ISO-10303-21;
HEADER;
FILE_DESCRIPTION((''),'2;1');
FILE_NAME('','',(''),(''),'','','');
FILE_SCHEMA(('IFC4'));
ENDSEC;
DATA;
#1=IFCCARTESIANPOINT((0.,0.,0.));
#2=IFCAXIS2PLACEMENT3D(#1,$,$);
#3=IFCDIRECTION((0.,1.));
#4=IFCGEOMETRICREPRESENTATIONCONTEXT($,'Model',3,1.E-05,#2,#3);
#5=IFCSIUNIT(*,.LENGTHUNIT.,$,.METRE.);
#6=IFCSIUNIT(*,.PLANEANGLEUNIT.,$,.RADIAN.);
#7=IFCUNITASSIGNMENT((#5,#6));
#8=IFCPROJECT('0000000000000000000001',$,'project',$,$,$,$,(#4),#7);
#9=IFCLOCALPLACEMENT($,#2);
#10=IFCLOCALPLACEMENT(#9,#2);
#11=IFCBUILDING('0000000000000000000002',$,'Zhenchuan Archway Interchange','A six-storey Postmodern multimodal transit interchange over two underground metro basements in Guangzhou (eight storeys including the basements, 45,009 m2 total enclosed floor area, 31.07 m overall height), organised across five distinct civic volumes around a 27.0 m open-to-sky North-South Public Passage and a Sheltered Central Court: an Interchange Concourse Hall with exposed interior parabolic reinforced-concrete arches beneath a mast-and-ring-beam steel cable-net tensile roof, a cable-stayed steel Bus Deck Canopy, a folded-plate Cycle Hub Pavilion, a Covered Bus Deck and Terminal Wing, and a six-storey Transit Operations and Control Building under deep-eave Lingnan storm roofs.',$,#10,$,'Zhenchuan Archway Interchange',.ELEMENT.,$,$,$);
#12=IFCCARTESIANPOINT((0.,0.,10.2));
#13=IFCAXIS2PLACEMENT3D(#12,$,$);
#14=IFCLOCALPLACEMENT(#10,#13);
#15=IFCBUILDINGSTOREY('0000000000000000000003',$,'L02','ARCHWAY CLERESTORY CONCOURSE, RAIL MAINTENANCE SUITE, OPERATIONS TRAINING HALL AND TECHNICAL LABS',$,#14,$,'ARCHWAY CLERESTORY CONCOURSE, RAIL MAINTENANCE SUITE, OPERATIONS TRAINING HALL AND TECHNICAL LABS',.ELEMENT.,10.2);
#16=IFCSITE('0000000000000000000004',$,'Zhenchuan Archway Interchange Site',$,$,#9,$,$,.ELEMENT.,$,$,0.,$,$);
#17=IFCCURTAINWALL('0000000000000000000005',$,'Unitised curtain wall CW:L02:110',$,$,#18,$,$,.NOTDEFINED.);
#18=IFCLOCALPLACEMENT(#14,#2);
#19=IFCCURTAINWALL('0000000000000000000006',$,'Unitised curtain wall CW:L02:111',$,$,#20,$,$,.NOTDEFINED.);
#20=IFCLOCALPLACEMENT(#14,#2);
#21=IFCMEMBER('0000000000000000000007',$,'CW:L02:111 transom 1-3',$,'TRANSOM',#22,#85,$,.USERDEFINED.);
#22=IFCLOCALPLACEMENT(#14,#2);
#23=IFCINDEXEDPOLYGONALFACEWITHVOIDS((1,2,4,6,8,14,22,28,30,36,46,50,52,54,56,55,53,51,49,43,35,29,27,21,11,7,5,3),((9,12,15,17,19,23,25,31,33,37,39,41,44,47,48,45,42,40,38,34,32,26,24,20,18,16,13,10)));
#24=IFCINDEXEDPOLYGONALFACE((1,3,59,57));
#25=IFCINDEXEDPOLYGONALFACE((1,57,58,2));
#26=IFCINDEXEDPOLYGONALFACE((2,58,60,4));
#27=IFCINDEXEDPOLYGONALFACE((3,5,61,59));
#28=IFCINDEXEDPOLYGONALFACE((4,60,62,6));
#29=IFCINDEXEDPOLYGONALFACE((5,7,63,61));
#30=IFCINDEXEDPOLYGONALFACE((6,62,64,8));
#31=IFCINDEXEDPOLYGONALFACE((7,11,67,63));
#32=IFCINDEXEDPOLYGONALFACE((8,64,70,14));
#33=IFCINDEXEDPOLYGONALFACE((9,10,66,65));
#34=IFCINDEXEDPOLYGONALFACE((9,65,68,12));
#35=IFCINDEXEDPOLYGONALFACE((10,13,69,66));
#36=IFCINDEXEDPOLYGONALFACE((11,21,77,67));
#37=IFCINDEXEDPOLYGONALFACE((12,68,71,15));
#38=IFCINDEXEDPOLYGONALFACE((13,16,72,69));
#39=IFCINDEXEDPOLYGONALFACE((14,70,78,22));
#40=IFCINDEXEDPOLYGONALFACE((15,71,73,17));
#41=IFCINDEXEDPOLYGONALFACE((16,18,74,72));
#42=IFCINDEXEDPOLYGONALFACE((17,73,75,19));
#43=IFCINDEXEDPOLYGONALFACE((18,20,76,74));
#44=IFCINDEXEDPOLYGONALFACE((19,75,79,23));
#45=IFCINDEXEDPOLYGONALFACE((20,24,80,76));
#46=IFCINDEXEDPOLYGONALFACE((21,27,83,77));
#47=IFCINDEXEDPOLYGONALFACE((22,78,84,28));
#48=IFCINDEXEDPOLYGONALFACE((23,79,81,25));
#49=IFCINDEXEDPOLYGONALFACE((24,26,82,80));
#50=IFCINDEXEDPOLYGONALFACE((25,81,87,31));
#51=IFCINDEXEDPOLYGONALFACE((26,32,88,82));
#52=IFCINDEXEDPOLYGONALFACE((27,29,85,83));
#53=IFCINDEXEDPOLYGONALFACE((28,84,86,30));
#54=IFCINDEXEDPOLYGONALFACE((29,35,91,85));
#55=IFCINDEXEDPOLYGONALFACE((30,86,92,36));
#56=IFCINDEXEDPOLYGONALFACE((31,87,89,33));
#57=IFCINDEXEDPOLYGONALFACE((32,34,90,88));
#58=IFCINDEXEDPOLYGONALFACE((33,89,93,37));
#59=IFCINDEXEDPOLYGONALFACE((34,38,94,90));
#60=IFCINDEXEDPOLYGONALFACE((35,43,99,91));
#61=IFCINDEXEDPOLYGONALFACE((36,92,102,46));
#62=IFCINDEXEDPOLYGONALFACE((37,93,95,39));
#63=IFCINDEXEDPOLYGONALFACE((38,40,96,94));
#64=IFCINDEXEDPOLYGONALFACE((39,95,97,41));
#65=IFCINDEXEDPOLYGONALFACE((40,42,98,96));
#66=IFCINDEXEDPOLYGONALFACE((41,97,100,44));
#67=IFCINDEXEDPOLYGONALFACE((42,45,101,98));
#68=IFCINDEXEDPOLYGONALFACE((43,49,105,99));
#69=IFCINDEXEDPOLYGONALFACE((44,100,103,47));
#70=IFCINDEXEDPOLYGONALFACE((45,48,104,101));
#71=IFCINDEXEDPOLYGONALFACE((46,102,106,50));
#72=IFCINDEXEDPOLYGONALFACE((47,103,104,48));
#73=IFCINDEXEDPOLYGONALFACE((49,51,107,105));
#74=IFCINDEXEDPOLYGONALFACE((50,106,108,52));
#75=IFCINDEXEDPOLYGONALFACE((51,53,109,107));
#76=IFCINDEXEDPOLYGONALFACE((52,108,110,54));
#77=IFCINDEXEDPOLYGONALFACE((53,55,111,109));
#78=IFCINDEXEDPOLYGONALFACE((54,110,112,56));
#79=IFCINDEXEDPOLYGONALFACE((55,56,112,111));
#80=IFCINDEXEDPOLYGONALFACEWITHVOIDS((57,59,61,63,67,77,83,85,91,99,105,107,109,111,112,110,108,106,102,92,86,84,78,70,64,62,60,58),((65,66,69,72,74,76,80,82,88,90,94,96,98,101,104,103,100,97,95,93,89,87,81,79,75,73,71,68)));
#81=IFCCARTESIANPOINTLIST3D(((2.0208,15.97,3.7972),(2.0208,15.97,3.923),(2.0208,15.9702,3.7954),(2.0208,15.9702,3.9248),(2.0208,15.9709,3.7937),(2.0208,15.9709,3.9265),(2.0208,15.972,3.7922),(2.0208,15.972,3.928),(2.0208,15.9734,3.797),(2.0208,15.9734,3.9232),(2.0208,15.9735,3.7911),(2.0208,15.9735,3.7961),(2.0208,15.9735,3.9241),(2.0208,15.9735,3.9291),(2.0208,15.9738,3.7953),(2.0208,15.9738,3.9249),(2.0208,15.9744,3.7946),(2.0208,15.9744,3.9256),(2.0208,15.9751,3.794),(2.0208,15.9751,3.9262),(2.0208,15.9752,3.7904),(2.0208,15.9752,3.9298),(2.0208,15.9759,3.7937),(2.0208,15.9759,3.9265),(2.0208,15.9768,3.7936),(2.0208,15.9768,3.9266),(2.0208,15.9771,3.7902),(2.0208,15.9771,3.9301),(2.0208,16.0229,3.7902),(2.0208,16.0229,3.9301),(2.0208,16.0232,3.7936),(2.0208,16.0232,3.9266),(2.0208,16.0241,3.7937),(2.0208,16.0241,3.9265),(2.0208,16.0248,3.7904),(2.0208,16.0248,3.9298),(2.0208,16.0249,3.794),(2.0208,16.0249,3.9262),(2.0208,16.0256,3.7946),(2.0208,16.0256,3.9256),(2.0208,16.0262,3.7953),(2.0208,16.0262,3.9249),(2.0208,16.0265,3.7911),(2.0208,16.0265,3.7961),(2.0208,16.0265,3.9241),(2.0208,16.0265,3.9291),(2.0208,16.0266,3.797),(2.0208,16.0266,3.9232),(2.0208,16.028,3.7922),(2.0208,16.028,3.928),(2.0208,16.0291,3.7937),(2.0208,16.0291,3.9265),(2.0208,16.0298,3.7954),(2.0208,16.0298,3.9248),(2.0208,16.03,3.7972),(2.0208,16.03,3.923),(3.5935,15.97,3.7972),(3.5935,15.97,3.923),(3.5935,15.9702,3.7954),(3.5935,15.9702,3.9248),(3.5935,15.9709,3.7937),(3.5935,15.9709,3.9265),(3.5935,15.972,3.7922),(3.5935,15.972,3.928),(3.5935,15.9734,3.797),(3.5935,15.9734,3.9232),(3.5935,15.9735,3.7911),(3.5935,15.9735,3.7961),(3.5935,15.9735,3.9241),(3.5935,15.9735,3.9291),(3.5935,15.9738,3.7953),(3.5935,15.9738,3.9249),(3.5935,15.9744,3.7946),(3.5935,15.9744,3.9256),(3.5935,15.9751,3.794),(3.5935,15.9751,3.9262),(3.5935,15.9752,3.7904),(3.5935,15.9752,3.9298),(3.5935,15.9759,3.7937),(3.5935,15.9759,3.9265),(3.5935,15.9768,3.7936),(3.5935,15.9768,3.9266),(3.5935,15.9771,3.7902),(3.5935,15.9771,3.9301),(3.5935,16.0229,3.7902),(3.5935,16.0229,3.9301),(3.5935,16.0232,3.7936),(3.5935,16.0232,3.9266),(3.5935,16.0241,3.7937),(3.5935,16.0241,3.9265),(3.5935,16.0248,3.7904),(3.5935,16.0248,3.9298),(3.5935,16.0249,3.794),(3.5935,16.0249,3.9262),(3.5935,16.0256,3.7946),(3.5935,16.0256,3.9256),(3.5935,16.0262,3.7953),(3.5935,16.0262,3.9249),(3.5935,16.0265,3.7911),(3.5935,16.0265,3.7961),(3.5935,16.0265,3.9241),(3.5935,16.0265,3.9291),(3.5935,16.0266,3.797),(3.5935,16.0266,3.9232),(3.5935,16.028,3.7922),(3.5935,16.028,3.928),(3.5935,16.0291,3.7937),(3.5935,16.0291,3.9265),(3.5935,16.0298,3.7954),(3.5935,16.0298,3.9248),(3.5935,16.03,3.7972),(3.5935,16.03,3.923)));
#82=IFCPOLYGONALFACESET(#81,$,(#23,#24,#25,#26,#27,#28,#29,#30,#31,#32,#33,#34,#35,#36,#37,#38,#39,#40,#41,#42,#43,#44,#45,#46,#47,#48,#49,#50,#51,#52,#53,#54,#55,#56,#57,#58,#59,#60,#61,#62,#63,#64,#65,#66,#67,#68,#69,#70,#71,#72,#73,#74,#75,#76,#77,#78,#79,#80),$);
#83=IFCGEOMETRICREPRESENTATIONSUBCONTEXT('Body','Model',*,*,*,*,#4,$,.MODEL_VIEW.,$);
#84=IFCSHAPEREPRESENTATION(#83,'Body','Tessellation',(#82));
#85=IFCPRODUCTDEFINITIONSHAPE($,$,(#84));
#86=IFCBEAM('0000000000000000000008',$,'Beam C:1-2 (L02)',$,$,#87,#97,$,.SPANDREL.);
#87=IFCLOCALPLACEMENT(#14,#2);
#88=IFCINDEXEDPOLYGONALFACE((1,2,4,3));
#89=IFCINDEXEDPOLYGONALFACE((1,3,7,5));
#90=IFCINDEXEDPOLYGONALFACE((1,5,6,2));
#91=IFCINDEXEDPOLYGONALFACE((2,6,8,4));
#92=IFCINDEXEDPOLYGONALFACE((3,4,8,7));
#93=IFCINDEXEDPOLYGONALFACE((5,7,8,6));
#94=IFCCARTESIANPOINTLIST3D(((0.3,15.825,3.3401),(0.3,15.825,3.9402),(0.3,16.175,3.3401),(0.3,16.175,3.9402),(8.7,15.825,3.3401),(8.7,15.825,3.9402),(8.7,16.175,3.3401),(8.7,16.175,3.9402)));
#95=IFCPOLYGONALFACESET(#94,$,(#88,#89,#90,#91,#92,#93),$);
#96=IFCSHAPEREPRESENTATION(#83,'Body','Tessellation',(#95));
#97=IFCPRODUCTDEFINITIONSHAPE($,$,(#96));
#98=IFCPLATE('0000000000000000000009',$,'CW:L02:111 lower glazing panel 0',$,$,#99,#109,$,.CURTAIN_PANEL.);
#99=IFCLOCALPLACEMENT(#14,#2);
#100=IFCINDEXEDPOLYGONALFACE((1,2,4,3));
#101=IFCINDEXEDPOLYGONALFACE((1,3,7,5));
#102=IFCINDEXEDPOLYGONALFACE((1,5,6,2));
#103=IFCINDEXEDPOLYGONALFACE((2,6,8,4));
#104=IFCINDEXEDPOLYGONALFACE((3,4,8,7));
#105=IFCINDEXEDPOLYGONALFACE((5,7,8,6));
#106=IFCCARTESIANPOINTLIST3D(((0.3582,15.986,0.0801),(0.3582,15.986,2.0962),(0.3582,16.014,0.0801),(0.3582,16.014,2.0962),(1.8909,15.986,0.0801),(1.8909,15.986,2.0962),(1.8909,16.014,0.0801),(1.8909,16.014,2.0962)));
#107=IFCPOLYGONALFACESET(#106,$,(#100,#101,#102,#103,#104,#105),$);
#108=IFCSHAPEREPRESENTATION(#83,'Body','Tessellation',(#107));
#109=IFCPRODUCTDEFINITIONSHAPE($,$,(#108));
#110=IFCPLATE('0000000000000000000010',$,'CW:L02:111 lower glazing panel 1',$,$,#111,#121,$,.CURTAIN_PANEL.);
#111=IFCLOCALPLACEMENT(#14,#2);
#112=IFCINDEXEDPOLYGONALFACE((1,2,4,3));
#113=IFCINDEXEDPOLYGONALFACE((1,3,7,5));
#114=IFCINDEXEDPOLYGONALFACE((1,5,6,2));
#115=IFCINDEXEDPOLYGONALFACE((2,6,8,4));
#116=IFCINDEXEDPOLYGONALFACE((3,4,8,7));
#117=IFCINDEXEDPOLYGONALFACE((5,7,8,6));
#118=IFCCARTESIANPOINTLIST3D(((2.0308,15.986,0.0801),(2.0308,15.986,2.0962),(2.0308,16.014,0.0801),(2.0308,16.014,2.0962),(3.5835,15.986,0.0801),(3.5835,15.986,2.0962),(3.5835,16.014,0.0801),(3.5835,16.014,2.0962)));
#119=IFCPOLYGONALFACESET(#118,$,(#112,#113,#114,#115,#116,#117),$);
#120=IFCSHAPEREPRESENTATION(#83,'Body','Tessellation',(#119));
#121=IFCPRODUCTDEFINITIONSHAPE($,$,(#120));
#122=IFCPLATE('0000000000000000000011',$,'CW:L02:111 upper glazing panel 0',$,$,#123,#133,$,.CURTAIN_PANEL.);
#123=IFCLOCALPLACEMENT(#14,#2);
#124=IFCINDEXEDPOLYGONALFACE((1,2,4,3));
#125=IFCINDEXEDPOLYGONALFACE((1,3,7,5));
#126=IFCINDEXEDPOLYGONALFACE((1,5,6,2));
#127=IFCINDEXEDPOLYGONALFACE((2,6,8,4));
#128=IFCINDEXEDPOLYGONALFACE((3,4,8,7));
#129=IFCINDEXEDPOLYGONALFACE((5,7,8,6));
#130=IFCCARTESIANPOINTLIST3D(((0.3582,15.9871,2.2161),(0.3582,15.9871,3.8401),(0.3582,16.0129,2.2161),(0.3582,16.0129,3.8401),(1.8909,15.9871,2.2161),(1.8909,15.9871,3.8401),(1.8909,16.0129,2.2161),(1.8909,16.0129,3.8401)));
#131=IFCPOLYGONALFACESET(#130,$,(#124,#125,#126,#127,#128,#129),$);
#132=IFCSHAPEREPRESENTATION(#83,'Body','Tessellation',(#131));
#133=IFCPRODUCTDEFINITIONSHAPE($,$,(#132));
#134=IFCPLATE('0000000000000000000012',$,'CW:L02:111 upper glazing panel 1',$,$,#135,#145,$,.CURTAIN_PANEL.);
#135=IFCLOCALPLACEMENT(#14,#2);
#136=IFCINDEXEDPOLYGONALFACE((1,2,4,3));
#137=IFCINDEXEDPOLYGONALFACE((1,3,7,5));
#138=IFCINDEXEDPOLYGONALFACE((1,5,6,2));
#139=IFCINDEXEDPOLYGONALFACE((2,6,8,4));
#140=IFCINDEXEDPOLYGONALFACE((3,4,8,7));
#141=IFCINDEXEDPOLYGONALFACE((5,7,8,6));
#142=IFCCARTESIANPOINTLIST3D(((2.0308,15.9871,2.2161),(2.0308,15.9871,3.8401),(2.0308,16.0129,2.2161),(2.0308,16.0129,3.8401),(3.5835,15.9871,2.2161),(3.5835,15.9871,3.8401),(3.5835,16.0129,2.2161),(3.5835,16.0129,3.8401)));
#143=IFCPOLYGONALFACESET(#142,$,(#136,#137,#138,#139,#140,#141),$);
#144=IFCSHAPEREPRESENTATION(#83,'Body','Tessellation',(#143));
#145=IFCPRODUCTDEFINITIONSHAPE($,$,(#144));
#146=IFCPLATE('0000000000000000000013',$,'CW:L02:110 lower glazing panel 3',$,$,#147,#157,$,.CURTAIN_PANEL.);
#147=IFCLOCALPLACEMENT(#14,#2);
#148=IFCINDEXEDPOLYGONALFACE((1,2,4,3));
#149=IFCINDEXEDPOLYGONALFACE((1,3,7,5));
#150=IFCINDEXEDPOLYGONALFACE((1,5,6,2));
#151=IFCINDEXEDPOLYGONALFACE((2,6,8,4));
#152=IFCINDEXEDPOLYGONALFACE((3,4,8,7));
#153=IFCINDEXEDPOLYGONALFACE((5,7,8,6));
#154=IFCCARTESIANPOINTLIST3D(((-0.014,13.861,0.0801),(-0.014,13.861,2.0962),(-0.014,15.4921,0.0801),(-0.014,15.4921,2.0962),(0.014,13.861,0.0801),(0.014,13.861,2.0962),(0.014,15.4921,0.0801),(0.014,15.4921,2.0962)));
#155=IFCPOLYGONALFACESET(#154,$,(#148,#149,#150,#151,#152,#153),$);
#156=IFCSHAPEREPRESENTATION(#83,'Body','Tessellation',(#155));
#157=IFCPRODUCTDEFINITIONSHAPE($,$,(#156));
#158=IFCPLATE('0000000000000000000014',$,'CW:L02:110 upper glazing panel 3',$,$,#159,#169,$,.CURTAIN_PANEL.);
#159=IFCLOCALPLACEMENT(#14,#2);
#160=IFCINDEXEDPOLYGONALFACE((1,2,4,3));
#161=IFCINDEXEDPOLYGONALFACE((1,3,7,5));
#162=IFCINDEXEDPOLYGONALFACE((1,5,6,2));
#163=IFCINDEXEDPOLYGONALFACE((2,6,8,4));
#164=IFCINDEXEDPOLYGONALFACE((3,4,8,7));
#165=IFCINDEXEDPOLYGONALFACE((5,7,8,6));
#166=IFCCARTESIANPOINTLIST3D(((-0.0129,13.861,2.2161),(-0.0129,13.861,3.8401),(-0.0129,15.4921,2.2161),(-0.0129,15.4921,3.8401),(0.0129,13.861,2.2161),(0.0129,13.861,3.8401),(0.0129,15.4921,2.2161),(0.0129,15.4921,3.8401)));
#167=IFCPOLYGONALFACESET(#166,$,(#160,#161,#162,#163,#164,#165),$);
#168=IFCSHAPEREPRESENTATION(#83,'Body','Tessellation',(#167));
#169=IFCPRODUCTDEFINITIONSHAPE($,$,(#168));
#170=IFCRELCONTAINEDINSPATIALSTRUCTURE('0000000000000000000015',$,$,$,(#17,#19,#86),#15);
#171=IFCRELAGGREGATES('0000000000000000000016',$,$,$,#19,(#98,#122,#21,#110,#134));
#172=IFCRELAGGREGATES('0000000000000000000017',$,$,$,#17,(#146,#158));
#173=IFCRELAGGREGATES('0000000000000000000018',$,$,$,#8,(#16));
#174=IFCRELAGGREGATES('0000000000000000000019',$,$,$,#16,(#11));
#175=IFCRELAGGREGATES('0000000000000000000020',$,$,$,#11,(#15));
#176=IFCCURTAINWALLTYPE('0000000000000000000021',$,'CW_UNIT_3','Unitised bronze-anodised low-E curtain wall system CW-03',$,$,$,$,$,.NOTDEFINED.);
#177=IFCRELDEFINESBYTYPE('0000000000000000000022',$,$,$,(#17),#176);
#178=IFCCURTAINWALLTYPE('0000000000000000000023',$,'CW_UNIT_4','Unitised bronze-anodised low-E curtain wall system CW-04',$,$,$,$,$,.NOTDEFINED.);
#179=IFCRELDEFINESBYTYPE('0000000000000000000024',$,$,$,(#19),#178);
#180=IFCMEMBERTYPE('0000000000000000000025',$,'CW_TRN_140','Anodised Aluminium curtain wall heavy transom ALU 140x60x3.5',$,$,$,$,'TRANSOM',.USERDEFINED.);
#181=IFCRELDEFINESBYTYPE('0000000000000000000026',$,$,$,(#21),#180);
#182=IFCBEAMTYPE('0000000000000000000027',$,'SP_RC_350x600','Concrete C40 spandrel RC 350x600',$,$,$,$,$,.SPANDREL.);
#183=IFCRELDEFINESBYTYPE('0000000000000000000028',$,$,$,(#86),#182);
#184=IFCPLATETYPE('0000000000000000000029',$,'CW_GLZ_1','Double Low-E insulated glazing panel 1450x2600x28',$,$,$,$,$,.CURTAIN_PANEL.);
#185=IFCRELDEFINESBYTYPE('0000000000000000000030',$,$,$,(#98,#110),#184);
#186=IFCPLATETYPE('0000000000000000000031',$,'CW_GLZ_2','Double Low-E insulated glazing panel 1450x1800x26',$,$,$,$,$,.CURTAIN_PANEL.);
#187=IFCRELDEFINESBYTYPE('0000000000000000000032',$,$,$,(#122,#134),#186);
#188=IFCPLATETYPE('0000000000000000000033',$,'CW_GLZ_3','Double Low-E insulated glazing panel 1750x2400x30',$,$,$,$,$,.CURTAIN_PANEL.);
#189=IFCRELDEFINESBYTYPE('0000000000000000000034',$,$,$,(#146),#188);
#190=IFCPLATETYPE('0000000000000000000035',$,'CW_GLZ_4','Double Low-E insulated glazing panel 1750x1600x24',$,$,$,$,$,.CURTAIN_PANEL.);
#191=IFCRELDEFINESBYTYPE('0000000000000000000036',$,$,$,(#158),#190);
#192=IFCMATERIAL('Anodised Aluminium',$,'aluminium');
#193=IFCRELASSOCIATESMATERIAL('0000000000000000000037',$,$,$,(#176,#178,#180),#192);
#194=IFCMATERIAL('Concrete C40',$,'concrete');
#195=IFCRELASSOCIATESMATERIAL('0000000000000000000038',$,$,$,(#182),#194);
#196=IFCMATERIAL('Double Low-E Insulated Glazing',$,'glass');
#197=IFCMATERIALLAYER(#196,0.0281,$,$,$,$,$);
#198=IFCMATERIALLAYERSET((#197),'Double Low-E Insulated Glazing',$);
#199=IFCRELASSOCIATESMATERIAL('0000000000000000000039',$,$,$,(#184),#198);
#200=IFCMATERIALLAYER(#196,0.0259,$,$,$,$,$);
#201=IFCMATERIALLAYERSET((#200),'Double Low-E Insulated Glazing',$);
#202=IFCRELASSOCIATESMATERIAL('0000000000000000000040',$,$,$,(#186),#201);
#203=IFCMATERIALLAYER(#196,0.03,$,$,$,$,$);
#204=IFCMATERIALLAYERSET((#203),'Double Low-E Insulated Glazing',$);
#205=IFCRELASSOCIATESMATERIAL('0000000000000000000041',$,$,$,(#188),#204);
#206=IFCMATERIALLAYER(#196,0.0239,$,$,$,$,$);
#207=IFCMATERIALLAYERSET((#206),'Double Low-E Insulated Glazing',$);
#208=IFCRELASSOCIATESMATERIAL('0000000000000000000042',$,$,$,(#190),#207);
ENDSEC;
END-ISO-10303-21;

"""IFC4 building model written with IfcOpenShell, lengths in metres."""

from ifc_helpers import new_model, si_unit, direction, frame, origin, origin_2d, place, context, subcontext, project, spatial, rectangle, hollow_rectangle, extrude, material, layer, layer_set, material_profile, profile_set, type_object, element, aggregate, save


model = new_model("IFC4")

# Units and contexts
model_context = context("Model", 3, precision=1e-05, world=origin(), true_north=direction((0.0, 1.0)))
body_context = subcontext(model_context, "Body", "Model", "MODEL_VIEW")
ifc_project = project(units=[si_unit("LENGTHUNIT", "METRE"), si_unit("PLANEANGLEUNIT", "RADIAN")], contexts=[model_context])

# Site, building, storey
site_placement = place(None, origin())
site = spatial("IfcSite", under=ifc_project, at=site_placement, Name="Zhenchuan Archway Interchange Site", CompositionType="ELEMENT", RefElevation=0.0)
building_placement = place(site_placement, origin())
building = spatial("IfcBuilding", under=site, at=building_placement, Name="Zhenchuan Archway Interchange", Description="A six-storey Postmodern multimodal transit interchange over two underground metro basements in Guangzhou (eight storeys including the basements, 45,009 m2 total enclosed floor area, 31.07 m overall height), organised across five distinct civic volumes around a 27.0 m open-to-sky North-South Public Passage and a Sheltered Central Court: an Interchange Concourse Hall with exposed interior parabolic reinforced-concrete arches beneath a mast-and-ring-beam steel cable-net tensile roof, a cable-stayed steel Bus Deck Canopy, a folded-plate Cycle Hub Pavilion, a Covered Bus Deck and Terminal Wing, and a six-storey Transit Operations and Control Building under deep-eave Lingnan storm roofs.", LongName="Zhenchuan Archway Interchange", CompositionType="ELEMENT")
storey_placement = place(building_placement, frame((0.0, 0.0, 10.2)))
storey = spatial("IfcBuildingStorey", under=building, at=storey_placement, Name="L02", Description="ARCHWAY CLERESTORY CONCOURSE, RAIL MAINTENANCE SUITE, OPERATIONS TRAINING HALL AND TECHNICAL LABS", LongName="ARCHWAY CLERESTORY CONCOURSE, RAIL MAINTENANCE SUITE, OPERATIONS TRAINING HALL AND TECHNICAL LABS", CompositionType="ELEMENT", Elevation=10.2)

# Shared definitions
ifc_material_1 = material(Name="Concrete C40", Category="concrete")

# Curtain walls
ifc_material_2 = material(Name="Anodised Aluminium", Category="aluminium")
curtain_wall_type_1 = type_object("IfcCurtainWallType", Name="CW_UNIT_3", Description="Unitised bronze-anodised low-E curtain wall system CW-03", PredefinedType="NOTDEFINED", material=ifc_material_2)
curtain_wall_1_placement = place(storey_placement, origin())
curtain_wall_1 = element("IfcCurtainWall", 1, at=curtain_wall_1_placement, inside=storey, type_object=curtain_wall_type_1, Name="Unitised curtain wall CW:L02:110", PredefinedType="NOTDEFINED")
curtain_wall_type_2 = type_object("IfcCurtainWallType", Name="CW_UNIT_4", Description="Unitised bronze-anodised low-E curtain wall system CW-04", PredefinedType="NOTDEFINED", material=ifc_material_2)
curtain_wall_2_placement = place(storey_placement, origin())
curtain_wall_2 = element("IfcCurtainWall", 2, at=curtain_wall_2_placement, inside=storey, type_object=curtain_wall_type_2, Name="Unitised curtain wall CW:L02:111", PredefinedType="NOTDEFINED")

# Member
ifc_material_profile_1 = material_profile(ifc_material_2, hollow_rectangle(XDim=0.0601, YDim=0.1399, WallThickness=0.0034, InnerFilletRadius=0.0034, OuterFilletRadius=0.0071, at=origin_2d()), Name="ALU 140x60x3.5")
ifc_profile_set_1 = profile_set([ifc_material_profile_1], Name="Anodised Aluminium")
member_type_1 = type_object("IfcMemberType", Name="CW_TRN_140", Description="Anodised Aluminium curtain wall heavy transom ALU 140x60x3.5", ElementType="TRANSOM", PredefinedType="USERDEFINED", material=ifc_profile_set_1)
member_1_placement = place(storey_placement, frame((2.0208, 16.0, 3.8601), z_axis=(1.0, 0.0, 0.0), x_axis=(0.0, 1.0, 0.0)))
member_1 = element("IfcMember", 3, at=member_1_placement, type_object=member_type_1, Name="CW:L02:111 transom 1-3", ObjectType="TRANSOM", PredefinedType="USERDEFINED", context=body_context, shape_type="SweptSolid", body=[
    extrude(hollow_rectangle(XDim=0.0601, YDim=0.1399, WallThickness=0.0034, InnerFilletRadius=0.0034, OuterFilletRadius=0.0071, at=origin_2d()), origin(), (0.0, 0.0, 1.0), 1.5728),
])

# Beam
ifc_material_profile_2 = material_profile(ifc_material_1, rectangle(XDim=0.3501, YDim=0.6001, at=origin_2d()), Name="RC 350x600")
ifc_profile_set_2 = profile_set([ifc_material_profile_2], Name="Concrete C40")
beam_type = type_object("IfcBeamType", Name="SP_RC_350x600", Description="Concrete C40 spandrel RC 350x600", PredefinedType="SPANDREL", material=ifc_profile_set_2)
beam_placement = place(storey_placement, frame((0.3, 16.0, 3.6401), z_axis=(1.0, 0.0, 0.0), x_axis=(0.0, 1.0, 0.0)))
element("IfcBeam", 4, at=beam_placement, inside=storey, type_object=beam_type, Name="Beam C:1-2 (L02)", PredefinedType="SPANDREL", context=body_context, shape_type="SweptSolid", body=[
    extrude(rectangle(XDim=0.3501, YDim=0.6001, at=origin_2d()), origin(), (0.0, 0.0, 1.0), 8.3999),
])

# Plates
ifc_material_3 = material(Name="Double Low-E Insulated Glazing", Category="glass")
ifc_layer_1 = layer(ifc_material_3, 0.0281)
ifc_layer_set_1 = layer_set([ifc_layer_1], Name="Double Low-E Insulated Glazing")
plate_type_1 = type_object("IfcPlateType", Name="CW_GLZ_1", Description="Double Low-E insulated glazing panel 1450x2600x28", PredefinedType="CURTAIN_PANEL", material=ifc_layer_set_1)
plate_1_placement = place(storey_placement, frame((1.1245, 16.0, 0.0801), z_axis=(0.0, 0.0, 1.0), x_axis=(1.0, 0.0, 0.0)))
plate_1 = element("IfcPlate", 5, at=plate_1_placement, type_object=plate_type_1, Name="CW:L02:111 lower glazing panel 0", PredefinedType="CURTAIN_PANEL", context=body_context, shape_type="SweptSolid", body=[
    extrude(rectangle(XDim=1.5327, YDim=0.0281, at=origin_2d()), origin(), (0.0, 0.0, 1.0), 2.0161),
])
plate_2_placement = place(storey_placement, frame((2.8071, 16.0, 0.0801), z_axis=(0.0, 0.0, 1.0), x_axis=(1.0, 0.0, 0.0)))
plate_2 = element("IfcPlate", 6, at=plate_2_placement, type_object=plate_type_1, Name="CW:L02:111 lower glazing panel 1", PredefinedType="CURTAIN_PANEL", context=body_context, shape_type="SweptSolid", body=[
    extrude(rectangle(XDim=1.5527, YDim=0.0281, at=origin_2d()), origin(), (0.0, 0.0, 1.0), 2.0161),
])
ifc_layer_2 = layer(ifc_material_3, 0.0259)
ifc_layer_set_2 = layer_set([ifc_layer_2], Name="Double Low-E Insulated Glazing")
plate_type_2 = type_object("IfcPlateType", Name="CW_GLZ_2", Description="Double Low-E insulated glazing panel 1450x1800x26", PredefinedType="CURTAIN_PANEL", material=ifc_layer_set_2)
plate_3_placement = place(storey_placement, frame((1.1245, 16.0, 2.2161), z_axis=(0.0, 0.0, 1.0), x_axis=(1.0, 0.0, 0.0)))
plate_3 = element("IfcPlate", 7, at=plate_3_placement, type_object=plate_type_2, Name="CW:L02:111 upper glazing panel 0", PredefinedType="CURTAIN_PANEL", context=body_context, shape_type="SweptSolid", body=[
    extrude(rectangle(XDim=1.5327, YDim=0.0259, at=origin_2d()), origin(), (0.0, 0.0, 1.0), 1.624),
])
plate_4_placement = place(storey_placement, frame((2.8071, 16.0, 2.2161), z_axis=(0.0, 0.0, 1.0), x_axis=(1.0, 0.0, 0.0)))
plate_4 = element("IfcPlate", 8, at=plate_4_placement, type_object=plate_type_2, Name="CW:L02:111 upper glazing panel 1", PredefinedType="CURTAIN_PANEL", context=body_context, shape_type="SweptSolid", body=[
    extrude(rectangle(XDim=1.5527, YDim=0.0259, at=origin_2d()), origin(), (0.0, 0.0, 1.0), 1.624),
])
aggregate(curtain_wall_2, [plate_1, plate_3, member_1, plate_2, plate_4])
ifc_layer_3 = layer(ifc_material_3, 0.03)
ifc_layer_set_3 = layer_set([ifc_layer_3], Name="Double Low-E Insulated Glazing")
plate_type_3 = type_object("IfcPlateType", Name="CW_GLZ_3", Description="Double Low-E insulated glazing panel 1750x2400x30", PredefinedType="CURTAIN_PANEL", material=ifc_layer_set_3)
plate_5_placement = place(storey_placement, frame((0.0, 14.6765, 0.0801), z_axis=(0.0, 0.0, 1.0), x_axis=(0.0, 1.0, 0.0)))
plate_5 = element("IfcPlate", 9, at=plate_5_placement, type_object=plate_type_3, Name="CW:L02:110 lower glazing panel 3", PredefinedType="CURTAIN_PANEL", context=body_context, shape_type="SweptSolid", body=[
    extrude(rectangle(XDim=1.6311, YDim=0.0281, at=origin_2d()), origin(), (0.0, 0.0, 1.0), 2.0161),
])
ifc_layer_4 = layer(ifc_material_3, 0.0239)
ifc_layer_set_4 = layer_set([ifc_layer_4], Name="Double Low-E Insulated Glazing")
plate_type_4 = type_object("IfcPlateType", Name="CW_GLZ_4", Description="Double Low-E insulated glazing panel 1750x1600x24", PredefinedType="CURTAIN_PANEL", material=ifc_layer_set_4)
plate_6_placement = place(storey_placement, frame((0.0, 14.6765, 2.2161), z_axis=(0.0, 0.0, 1.0), x_axis=(0.0, 1.0, 0.0)))
plate_6 = element("IfcPlate", 10, at=plate_6_placement, type_object=plate_type_4, Name="CW:L02:110 upper glazing panel 3", PredefinedType="CURTAIN_PANEL", context=body_context, shape_type="SweptSolid", body=[
    extrude(rectangle(XDim=1.6311, YDim=0.0259, at=origin_2d()), origin(), (0.0, 0.0, 1.0), 1.624),
])
aggregate(curtain_wall_1, [plate_5, plate_6])

save(model, "model.ifc")
